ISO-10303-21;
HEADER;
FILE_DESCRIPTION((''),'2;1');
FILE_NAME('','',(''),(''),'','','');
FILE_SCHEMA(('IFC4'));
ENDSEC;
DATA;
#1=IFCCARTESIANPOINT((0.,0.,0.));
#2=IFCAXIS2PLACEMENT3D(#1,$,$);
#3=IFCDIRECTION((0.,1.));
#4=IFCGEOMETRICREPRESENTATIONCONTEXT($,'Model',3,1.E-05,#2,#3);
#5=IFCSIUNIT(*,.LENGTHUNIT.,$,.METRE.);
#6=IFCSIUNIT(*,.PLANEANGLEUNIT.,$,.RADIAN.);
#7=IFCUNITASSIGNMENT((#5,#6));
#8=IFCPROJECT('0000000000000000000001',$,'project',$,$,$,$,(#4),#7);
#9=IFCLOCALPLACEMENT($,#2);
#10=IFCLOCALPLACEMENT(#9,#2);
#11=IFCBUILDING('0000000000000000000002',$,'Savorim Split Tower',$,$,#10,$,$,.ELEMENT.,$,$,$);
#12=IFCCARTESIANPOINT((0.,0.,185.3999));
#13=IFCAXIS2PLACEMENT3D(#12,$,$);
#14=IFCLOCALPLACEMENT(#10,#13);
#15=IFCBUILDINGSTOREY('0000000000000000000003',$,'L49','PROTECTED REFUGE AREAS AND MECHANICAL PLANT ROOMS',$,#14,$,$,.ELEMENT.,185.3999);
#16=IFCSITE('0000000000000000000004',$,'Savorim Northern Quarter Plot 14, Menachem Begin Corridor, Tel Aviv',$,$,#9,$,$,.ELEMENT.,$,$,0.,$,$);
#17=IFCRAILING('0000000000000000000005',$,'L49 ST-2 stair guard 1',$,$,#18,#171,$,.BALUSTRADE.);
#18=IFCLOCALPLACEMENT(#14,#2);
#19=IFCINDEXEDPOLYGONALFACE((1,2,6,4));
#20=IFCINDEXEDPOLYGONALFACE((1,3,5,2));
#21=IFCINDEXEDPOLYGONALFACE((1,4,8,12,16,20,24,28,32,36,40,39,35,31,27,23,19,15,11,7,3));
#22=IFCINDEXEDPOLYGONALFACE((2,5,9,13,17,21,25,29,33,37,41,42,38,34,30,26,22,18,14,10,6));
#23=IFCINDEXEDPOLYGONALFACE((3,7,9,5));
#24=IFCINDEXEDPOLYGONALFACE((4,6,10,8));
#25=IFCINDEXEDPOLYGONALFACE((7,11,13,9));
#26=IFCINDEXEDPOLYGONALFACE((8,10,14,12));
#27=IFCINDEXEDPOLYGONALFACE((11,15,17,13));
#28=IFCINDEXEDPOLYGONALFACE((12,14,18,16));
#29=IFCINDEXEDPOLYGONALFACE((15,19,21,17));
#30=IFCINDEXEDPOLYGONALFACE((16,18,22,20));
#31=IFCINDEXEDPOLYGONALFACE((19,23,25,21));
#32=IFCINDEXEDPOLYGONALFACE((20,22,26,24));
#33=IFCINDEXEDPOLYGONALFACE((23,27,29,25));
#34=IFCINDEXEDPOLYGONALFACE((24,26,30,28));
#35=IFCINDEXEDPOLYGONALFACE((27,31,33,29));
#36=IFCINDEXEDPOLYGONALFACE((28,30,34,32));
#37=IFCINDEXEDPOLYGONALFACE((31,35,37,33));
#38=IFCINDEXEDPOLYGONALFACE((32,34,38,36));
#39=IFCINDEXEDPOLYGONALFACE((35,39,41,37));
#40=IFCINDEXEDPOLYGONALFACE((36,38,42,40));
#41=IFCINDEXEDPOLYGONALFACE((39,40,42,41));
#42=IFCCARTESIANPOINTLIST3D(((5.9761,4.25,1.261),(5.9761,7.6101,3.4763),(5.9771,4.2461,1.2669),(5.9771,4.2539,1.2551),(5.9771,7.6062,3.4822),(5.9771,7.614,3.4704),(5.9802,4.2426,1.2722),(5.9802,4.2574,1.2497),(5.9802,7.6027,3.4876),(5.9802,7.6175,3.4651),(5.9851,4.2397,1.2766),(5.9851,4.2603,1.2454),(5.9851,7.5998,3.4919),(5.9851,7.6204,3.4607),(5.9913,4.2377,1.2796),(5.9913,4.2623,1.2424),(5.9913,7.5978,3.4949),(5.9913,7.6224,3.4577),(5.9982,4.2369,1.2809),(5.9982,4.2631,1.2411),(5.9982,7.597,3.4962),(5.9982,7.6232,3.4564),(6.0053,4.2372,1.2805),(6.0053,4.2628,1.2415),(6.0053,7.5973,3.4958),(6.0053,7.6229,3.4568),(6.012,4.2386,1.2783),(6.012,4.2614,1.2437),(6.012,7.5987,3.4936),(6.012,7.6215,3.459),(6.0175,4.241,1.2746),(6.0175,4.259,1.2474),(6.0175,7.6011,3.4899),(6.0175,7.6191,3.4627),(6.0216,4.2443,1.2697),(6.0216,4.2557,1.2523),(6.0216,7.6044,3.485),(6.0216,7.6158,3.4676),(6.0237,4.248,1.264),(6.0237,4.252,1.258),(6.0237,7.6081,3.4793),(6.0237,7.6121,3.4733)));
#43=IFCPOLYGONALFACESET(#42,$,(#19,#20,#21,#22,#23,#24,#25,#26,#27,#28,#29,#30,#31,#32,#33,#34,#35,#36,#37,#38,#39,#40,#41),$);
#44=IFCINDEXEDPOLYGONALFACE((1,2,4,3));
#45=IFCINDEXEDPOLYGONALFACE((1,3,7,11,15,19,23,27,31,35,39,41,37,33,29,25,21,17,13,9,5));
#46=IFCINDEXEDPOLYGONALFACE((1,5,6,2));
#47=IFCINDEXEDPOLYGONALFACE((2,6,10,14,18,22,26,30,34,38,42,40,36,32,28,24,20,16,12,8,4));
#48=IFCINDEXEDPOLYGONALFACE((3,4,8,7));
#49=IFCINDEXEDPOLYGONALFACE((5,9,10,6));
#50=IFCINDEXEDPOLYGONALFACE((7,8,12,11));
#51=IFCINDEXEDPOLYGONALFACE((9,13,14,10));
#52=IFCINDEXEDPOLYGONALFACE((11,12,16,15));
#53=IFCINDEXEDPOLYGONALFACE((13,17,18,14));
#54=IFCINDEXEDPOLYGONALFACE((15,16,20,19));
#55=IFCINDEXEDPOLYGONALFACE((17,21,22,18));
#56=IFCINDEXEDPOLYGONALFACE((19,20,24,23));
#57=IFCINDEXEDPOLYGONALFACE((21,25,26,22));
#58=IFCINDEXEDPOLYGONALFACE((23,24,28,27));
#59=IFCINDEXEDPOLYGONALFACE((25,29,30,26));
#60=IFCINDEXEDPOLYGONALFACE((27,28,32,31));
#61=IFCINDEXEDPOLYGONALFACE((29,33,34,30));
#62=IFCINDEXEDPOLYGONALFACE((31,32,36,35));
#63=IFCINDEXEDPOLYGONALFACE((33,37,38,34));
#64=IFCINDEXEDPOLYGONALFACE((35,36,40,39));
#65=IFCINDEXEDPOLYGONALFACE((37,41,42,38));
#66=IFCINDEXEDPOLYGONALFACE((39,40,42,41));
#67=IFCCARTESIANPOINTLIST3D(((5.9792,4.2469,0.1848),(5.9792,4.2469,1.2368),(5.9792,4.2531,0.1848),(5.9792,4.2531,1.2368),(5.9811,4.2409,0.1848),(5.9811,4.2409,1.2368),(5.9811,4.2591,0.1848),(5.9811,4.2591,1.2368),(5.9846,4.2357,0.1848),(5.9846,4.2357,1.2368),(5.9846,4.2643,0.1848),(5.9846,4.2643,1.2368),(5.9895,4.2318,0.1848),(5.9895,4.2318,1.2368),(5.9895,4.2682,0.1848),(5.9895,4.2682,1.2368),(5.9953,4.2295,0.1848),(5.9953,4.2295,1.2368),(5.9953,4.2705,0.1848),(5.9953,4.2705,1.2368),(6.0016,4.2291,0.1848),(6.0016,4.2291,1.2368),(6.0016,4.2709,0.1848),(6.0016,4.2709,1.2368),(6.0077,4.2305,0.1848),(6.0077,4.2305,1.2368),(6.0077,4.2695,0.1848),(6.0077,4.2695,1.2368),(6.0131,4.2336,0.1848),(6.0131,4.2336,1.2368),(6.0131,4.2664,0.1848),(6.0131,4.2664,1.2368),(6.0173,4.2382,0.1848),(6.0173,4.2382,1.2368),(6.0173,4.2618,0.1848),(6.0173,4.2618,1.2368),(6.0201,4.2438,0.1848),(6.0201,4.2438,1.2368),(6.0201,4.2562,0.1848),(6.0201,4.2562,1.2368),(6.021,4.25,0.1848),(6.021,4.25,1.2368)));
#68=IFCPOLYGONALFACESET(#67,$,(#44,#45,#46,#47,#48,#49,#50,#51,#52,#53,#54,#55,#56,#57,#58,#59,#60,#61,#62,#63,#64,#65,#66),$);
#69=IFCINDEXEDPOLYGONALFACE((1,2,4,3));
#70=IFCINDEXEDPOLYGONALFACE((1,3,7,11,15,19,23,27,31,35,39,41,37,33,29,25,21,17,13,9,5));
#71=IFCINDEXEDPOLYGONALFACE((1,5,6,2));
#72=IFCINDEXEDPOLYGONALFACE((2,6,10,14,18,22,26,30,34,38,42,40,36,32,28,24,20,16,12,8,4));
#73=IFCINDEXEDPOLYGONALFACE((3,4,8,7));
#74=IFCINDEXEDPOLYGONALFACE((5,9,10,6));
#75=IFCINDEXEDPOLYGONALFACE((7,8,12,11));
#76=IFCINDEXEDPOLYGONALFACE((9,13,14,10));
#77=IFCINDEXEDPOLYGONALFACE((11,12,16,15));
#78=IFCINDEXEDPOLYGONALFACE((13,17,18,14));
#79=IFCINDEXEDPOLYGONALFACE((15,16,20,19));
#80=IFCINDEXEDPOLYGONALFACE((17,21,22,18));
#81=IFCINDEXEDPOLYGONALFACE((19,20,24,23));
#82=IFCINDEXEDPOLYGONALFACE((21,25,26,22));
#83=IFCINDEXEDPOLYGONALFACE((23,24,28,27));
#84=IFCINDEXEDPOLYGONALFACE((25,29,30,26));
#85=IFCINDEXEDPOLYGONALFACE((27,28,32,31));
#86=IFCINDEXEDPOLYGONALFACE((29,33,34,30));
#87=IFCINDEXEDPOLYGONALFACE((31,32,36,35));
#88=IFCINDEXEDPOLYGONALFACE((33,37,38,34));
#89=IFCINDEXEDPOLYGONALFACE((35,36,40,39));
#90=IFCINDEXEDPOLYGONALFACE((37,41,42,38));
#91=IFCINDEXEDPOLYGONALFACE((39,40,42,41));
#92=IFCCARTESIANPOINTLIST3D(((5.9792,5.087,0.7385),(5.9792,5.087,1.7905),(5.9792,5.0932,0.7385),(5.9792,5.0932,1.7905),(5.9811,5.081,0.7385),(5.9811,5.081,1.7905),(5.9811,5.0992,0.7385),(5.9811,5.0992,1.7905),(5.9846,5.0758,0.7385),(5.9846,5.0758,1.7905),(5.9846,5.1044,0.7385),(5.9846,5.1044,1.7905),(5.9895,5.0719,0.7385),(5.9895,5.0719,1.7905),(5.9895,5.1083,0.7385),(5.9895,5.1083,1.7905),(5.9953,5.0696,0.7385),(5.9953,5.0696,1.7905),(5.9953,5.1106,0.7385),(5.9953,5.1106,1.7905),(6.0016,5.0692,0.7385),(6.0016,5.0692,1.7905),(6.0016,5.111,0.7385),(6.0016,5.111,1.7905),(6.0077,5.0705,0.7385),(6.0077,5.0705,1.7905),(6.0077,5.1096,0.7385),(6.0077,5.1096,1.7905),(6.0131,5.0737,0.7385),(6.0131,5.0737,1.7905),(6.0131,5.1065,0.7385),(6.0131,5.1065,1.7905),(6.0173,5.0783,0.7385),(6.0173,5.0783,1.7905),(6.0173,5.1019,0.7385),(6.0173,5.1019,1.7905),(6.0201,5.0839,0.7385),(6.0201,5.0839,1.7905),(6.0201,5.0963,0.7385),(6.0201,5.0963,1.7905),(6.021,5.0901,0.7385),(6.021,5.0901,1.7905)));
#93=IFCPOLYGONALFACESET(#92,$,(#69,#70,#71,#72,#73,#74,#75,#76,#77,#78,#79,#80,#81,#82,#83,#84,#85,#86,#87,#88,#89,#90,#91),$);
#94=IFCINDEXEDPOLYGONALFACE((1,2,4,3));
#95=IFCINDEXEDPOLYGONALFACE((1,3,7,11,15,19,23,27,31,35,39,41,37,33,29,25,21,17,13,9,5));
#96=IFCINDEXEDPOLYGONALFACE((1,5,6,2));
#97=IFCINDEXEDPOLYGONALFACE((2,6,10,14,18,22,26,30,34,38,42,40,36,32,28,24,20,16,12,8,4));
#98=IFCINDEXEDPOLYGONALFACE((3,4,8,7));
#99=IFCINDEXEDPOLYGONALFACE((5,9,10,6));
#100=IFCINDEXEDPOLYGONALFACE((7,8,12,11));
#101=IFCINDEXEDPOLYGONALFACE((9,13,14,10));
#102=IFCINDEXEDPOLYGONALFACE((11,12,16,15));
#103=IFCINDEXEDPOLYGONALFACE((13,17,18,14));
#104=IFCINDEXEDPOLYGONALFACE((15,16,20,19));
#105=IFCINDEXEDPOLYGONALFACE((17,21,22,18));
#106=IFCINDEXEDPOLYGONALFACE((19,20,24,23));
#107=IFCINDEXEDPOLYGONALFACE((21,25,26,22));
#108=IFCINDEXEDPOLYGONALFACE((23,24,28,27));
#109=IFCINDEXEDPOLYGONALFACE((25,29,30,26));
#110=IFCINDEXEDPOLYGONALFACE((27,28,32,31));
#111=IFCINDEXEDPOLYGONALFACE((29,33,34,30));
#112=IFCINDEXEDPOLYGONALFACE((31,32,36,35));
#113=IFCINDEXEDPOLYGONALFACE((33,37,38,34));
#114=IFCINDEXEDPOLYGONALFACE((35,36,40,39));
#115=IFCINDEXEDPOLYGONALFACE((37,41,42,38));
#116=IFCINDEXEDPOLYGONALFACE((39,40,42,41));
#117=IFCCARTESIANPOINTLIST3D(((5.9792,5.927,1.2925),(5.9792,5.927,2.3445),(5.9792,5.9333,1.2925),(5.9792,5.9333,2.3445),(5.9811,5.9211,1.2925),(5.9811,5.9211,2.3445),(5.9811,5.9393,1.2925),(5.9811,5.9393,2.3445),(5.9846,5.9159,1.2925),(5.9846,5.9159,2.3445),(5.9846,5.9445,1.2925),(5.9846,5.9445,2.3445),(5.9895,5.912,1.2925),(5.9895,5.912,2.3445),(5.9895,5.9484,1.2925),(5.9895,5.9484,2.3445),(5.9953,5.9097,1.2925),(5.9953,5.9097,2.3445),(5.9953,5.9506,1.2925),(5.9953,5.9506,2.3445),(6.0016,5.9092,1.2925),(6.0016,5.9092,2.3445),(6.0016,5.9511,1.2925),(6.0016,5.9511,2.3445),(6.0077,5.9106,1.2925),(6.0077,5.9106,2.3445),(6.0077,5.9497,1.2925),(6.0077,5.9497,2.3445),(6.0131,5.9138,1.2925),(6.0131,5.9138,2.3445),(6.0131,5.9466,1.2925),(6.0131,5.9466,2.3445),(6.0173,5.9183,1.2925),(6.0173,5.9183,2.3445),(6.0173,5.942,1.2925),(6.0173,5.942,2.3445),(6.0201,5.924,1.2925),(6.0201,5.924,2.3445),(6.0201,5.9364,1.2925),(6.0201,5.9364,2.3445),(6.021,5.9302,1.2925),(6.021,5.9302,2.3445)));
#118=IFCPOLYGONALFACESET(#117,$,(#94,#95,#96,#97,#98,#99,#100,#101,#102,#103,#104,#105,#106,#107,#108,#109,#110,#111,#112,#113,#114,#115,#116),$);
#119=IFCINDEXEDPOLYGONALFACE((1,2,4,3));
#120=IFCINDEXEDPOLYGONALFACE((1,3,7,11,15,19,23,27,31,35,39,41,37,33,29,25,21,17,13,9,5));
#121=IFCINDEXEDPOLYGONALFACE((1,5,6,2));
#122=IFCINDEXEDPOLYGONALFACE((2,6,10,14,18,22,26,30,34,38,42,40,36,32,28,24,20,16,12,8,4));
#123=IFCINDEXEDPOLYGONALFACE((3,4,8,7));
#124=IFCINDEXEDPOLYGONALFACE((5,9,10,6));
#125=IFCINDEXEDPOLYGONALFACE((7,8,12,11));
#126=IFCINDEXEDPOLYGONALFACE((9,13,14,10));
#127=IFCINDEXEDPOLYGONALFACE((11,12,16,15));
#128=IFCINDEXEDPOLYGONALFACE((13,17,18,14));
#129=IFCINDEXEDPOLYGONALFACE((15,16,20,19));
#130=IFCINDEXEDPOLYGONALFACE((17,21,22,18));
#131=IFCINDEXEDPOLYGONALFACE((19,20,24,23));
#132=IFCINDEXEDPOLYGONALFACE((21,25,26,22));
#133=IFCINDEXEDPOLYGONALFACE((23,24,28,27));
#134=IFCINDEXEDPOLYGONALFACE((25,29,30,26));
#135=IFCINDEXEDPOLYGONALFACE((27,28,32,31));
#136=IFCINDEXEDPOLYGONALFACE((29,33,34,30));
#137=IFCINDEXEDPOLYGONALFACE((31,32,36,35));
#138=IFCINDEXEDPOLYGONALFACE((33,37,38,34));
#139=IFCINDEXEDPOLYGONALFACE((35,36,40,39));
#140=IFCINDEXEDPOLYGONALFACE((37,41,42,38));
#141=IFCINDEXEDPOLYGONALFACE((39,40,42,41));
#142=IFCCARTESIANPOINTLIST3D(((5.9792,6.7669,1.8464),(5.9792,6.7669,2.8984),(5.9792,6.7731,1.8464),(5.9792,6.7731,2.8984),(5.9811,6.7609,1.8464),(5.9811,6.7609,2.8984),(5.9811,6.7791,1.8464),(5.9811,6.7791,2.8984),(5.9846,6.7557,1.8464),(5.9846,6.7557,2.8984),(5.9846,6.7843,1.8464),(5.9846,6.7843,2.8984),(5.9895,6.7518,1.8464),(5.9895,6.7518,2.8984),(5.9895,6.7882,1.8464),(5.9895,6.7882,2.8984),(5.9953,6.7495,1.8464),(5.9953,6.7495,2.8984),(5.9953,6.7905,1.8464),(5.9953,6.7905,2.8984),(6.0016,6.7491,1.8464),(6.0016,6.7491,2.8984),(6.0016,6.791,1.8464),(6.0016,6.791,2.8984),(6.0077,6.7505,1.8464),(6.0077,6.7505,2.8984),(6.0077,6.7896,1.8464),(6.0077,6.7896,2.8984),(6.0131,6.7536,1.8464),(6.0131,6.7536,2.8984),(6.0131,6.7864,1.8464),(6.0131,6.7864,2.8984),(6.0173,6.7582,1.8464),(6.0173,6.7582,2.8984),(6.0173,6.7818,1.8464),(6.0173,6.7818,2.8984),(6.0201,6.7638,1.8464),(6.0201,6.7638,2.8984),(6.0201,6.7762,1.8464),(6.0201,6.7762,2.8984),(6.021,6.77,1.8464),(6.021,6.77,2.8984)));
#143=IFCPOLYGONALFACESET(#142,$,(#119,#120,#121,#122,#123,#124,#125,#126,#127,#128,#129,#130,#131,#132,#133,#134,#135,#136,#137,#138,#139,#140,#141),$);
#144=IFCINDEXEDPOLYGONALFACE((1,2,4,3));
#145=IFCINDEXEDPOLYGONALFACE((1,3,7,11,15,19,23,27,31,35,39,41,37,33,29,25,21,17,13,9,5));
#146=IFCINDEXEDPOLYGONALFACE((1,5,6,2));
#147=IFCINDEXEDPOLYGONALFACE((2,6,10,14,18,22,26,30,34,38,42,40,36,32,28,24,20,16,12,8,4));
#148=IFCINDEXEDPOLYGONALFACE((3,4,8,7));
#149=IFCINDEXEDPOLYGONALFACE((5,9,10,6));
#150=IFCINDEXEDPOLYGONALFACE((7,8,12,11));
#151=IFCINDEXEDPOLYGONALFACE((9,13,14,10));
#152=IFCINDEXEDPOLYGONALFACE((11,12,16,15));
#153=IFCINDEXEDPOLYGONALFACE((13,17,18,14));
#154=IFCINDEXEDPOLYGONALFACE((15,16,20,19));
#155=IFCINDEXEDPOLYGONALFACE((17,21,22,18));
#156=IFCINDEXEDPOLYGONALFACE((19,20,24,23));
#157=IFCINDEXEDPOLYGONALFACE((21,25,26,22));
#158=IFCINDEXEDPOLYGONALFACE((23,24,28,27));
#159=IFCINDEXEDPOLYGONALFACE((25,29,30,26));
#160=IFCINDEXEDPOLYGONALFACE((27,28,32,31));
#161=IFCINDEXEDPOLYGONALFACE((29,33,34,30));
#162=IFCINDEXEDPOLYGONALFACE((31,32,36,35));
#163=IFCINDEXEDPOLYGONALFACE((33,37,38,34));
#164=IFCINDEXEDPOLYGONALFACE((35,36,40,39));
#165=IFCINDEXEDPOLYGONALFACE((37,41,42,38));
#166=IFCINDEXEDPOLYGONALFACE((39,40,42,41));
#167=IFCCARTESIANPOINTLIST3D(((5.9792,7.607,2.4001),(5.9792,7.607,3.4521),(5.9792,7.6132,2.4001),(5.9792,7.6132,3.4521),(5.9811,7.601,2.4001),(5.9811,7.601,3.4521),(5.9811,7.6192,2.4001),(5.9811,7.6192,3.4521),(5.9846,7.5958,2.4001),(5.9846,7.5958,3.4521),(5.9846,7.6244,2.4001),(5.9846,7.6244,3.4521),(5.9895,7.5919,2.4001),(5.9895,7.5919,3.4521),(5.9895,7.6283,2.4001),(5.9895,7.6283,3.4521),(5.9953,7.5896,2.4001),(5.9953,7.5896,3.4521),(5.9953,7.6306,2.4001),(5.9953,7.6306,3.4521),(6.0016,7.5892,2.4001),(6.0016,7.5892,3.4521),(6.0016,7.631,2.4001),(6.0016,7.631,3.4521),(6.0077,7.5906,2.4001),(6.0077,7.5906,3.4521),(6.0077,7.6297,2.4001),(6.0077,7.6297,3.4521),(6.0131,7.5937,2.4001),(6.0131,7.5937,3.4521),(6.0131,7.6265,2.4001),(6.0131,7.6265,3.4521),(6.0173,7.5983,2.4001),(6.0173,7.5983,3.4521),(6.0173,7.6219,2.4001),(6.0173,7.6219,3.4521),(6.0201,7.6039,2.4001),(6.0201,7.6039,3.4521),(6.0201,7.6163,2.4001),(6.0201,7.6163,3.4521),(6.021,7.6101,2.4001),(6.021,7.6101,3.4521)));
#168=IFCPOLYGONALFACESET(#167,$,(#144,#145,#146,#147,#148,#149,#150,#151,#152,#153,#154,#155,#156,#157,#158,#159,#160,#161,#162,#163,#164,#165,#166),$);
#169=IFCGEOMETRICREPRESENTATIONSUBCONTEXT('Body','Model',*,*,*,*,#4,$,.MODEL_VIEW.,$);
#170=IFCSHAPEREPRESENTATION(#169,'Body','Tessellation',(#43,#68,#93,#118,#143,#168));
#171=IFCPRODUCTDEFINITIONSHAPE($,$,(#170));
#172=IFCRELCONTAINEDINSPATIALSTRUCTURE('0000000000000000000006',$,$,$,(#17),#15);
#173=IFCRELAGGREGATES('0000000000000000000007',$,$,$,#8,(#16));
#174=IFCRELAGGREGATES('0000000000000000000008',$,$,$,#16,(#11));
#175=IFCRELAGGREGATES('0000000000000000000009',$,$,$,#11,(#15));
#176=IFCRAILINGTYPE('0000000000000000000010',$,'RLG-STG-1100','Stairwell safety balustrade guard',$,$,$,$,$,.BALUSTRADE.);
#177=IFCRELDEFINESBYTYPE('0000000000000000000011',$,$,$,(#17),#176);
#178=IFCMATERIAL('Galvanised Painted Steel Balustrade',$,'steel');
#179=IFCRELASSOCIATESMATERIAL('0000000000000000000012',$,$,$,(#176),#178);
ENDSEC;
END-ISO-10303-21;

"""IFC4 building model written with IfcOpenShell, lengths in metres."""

from ifc_helpers import new_model, si_unit, direction, frame, origin, origin_2d, place, context, subcontext, project, spatial, circle, extrude, material, type_object, element, save


model = new_model("IFC4")

# Units and contexts
model_context = context("Model", 3, precision=1e-05, world=origin(), true_north=direction((0.0, 1.0)))
body_context = subcontext(model_context, "Body", "Model", "MODEL_VIEW")
ifc_project = project(units=[si_unit("LENGTHUNIT", "METRE"), si_unit("PLANEANGLEUNIT", "RADIAN")], contexts=[model_context])

# Site, building, storey
site_placement = place(None, origin())
site = spatial("IfcSite", under=ifc_project, at=site_placement, Name="Savorim Northern Quarter Plot 14, Menachem Begin Corridor, Tel Aviv", CompositionType="ELEMENT", RefElevation=0.0)
building_placement = place(site_placement, origin())
building = spatial("IfcBuilding", under=site, at=building_placement, Name="Savorim Split Tower", CompositionType="ELEMENT")
storey_placement = place(building_placement, frame((0.0, 0.0, 185.3999)))
storey = spatial("IfcBuildingStorey", under=building, at=storey_placement, Name="L49", Description="PROTECTED REFUGE AREAS AND MECHANICAL PLANT ROOMS", CompositionType="ELEMENT", Elevation=185.3999)

# Shared definitions
ifc_material_1 = material(Name="Galvanised Painted Steel Balustrade", Category="steel")

# Railing
railing_type_1 = type_object("IfcRailingType", Name="RLG-STG-1100", Description="Stairwell safety balustrade guard", PredefinedType="BALUSTRADE", material=ifc_material_1)
railing_1_placement = place(storey_placement, frame((6.0, 4.25, 0.1848)))
element("IfcRailing", 1, at=railing_1_placement, inside=storey, type_object=railing_type_1, Name="L49 ST-2 stair guard 1", PredefinedType="BALUSTRADE", context=body_context, shape_type="SweptSolid", body=[
    extrude(circle(Radius=0.0239, at=origin_2d()), frame((0.0, 0.0, 1.0762), z_axis=(0.0, 0.834876, 0.550437), x_axis=(-1.0, 0.0, 0.0)), (0.0, 0.0, 1.0), 4.0247),
    extrude(circle(Radius=0.021, at=origin_2d()), origin(), (0.0, 0.0, 1.0), 1.052),
    extrude(circle(Radius=0.021, at=origin_2d()), frame((0.0, 0.8401, 0.5537)), (0.0, 0.0, 1.0), 1.052),
    extrude(circle(Radius=0.021, at=origin_2d()), frame((0.0, 1.6802, 1.1077)), (0.0, 0.0, 1.0), 1.052),
    extrude(circle(Radius=0.021, at=origin_2d()), frame((0.0, 2.52, 1.6616)), (0.0, 0.0, 1.0), 1.052),
    extrude(circle(Radius=0.021, at=origin_2d()), frame((0.0, 3.3601, 2.2153)), (0.0, 0.0, 1.0), 1.052),
])

save(model, "model.ifc")
